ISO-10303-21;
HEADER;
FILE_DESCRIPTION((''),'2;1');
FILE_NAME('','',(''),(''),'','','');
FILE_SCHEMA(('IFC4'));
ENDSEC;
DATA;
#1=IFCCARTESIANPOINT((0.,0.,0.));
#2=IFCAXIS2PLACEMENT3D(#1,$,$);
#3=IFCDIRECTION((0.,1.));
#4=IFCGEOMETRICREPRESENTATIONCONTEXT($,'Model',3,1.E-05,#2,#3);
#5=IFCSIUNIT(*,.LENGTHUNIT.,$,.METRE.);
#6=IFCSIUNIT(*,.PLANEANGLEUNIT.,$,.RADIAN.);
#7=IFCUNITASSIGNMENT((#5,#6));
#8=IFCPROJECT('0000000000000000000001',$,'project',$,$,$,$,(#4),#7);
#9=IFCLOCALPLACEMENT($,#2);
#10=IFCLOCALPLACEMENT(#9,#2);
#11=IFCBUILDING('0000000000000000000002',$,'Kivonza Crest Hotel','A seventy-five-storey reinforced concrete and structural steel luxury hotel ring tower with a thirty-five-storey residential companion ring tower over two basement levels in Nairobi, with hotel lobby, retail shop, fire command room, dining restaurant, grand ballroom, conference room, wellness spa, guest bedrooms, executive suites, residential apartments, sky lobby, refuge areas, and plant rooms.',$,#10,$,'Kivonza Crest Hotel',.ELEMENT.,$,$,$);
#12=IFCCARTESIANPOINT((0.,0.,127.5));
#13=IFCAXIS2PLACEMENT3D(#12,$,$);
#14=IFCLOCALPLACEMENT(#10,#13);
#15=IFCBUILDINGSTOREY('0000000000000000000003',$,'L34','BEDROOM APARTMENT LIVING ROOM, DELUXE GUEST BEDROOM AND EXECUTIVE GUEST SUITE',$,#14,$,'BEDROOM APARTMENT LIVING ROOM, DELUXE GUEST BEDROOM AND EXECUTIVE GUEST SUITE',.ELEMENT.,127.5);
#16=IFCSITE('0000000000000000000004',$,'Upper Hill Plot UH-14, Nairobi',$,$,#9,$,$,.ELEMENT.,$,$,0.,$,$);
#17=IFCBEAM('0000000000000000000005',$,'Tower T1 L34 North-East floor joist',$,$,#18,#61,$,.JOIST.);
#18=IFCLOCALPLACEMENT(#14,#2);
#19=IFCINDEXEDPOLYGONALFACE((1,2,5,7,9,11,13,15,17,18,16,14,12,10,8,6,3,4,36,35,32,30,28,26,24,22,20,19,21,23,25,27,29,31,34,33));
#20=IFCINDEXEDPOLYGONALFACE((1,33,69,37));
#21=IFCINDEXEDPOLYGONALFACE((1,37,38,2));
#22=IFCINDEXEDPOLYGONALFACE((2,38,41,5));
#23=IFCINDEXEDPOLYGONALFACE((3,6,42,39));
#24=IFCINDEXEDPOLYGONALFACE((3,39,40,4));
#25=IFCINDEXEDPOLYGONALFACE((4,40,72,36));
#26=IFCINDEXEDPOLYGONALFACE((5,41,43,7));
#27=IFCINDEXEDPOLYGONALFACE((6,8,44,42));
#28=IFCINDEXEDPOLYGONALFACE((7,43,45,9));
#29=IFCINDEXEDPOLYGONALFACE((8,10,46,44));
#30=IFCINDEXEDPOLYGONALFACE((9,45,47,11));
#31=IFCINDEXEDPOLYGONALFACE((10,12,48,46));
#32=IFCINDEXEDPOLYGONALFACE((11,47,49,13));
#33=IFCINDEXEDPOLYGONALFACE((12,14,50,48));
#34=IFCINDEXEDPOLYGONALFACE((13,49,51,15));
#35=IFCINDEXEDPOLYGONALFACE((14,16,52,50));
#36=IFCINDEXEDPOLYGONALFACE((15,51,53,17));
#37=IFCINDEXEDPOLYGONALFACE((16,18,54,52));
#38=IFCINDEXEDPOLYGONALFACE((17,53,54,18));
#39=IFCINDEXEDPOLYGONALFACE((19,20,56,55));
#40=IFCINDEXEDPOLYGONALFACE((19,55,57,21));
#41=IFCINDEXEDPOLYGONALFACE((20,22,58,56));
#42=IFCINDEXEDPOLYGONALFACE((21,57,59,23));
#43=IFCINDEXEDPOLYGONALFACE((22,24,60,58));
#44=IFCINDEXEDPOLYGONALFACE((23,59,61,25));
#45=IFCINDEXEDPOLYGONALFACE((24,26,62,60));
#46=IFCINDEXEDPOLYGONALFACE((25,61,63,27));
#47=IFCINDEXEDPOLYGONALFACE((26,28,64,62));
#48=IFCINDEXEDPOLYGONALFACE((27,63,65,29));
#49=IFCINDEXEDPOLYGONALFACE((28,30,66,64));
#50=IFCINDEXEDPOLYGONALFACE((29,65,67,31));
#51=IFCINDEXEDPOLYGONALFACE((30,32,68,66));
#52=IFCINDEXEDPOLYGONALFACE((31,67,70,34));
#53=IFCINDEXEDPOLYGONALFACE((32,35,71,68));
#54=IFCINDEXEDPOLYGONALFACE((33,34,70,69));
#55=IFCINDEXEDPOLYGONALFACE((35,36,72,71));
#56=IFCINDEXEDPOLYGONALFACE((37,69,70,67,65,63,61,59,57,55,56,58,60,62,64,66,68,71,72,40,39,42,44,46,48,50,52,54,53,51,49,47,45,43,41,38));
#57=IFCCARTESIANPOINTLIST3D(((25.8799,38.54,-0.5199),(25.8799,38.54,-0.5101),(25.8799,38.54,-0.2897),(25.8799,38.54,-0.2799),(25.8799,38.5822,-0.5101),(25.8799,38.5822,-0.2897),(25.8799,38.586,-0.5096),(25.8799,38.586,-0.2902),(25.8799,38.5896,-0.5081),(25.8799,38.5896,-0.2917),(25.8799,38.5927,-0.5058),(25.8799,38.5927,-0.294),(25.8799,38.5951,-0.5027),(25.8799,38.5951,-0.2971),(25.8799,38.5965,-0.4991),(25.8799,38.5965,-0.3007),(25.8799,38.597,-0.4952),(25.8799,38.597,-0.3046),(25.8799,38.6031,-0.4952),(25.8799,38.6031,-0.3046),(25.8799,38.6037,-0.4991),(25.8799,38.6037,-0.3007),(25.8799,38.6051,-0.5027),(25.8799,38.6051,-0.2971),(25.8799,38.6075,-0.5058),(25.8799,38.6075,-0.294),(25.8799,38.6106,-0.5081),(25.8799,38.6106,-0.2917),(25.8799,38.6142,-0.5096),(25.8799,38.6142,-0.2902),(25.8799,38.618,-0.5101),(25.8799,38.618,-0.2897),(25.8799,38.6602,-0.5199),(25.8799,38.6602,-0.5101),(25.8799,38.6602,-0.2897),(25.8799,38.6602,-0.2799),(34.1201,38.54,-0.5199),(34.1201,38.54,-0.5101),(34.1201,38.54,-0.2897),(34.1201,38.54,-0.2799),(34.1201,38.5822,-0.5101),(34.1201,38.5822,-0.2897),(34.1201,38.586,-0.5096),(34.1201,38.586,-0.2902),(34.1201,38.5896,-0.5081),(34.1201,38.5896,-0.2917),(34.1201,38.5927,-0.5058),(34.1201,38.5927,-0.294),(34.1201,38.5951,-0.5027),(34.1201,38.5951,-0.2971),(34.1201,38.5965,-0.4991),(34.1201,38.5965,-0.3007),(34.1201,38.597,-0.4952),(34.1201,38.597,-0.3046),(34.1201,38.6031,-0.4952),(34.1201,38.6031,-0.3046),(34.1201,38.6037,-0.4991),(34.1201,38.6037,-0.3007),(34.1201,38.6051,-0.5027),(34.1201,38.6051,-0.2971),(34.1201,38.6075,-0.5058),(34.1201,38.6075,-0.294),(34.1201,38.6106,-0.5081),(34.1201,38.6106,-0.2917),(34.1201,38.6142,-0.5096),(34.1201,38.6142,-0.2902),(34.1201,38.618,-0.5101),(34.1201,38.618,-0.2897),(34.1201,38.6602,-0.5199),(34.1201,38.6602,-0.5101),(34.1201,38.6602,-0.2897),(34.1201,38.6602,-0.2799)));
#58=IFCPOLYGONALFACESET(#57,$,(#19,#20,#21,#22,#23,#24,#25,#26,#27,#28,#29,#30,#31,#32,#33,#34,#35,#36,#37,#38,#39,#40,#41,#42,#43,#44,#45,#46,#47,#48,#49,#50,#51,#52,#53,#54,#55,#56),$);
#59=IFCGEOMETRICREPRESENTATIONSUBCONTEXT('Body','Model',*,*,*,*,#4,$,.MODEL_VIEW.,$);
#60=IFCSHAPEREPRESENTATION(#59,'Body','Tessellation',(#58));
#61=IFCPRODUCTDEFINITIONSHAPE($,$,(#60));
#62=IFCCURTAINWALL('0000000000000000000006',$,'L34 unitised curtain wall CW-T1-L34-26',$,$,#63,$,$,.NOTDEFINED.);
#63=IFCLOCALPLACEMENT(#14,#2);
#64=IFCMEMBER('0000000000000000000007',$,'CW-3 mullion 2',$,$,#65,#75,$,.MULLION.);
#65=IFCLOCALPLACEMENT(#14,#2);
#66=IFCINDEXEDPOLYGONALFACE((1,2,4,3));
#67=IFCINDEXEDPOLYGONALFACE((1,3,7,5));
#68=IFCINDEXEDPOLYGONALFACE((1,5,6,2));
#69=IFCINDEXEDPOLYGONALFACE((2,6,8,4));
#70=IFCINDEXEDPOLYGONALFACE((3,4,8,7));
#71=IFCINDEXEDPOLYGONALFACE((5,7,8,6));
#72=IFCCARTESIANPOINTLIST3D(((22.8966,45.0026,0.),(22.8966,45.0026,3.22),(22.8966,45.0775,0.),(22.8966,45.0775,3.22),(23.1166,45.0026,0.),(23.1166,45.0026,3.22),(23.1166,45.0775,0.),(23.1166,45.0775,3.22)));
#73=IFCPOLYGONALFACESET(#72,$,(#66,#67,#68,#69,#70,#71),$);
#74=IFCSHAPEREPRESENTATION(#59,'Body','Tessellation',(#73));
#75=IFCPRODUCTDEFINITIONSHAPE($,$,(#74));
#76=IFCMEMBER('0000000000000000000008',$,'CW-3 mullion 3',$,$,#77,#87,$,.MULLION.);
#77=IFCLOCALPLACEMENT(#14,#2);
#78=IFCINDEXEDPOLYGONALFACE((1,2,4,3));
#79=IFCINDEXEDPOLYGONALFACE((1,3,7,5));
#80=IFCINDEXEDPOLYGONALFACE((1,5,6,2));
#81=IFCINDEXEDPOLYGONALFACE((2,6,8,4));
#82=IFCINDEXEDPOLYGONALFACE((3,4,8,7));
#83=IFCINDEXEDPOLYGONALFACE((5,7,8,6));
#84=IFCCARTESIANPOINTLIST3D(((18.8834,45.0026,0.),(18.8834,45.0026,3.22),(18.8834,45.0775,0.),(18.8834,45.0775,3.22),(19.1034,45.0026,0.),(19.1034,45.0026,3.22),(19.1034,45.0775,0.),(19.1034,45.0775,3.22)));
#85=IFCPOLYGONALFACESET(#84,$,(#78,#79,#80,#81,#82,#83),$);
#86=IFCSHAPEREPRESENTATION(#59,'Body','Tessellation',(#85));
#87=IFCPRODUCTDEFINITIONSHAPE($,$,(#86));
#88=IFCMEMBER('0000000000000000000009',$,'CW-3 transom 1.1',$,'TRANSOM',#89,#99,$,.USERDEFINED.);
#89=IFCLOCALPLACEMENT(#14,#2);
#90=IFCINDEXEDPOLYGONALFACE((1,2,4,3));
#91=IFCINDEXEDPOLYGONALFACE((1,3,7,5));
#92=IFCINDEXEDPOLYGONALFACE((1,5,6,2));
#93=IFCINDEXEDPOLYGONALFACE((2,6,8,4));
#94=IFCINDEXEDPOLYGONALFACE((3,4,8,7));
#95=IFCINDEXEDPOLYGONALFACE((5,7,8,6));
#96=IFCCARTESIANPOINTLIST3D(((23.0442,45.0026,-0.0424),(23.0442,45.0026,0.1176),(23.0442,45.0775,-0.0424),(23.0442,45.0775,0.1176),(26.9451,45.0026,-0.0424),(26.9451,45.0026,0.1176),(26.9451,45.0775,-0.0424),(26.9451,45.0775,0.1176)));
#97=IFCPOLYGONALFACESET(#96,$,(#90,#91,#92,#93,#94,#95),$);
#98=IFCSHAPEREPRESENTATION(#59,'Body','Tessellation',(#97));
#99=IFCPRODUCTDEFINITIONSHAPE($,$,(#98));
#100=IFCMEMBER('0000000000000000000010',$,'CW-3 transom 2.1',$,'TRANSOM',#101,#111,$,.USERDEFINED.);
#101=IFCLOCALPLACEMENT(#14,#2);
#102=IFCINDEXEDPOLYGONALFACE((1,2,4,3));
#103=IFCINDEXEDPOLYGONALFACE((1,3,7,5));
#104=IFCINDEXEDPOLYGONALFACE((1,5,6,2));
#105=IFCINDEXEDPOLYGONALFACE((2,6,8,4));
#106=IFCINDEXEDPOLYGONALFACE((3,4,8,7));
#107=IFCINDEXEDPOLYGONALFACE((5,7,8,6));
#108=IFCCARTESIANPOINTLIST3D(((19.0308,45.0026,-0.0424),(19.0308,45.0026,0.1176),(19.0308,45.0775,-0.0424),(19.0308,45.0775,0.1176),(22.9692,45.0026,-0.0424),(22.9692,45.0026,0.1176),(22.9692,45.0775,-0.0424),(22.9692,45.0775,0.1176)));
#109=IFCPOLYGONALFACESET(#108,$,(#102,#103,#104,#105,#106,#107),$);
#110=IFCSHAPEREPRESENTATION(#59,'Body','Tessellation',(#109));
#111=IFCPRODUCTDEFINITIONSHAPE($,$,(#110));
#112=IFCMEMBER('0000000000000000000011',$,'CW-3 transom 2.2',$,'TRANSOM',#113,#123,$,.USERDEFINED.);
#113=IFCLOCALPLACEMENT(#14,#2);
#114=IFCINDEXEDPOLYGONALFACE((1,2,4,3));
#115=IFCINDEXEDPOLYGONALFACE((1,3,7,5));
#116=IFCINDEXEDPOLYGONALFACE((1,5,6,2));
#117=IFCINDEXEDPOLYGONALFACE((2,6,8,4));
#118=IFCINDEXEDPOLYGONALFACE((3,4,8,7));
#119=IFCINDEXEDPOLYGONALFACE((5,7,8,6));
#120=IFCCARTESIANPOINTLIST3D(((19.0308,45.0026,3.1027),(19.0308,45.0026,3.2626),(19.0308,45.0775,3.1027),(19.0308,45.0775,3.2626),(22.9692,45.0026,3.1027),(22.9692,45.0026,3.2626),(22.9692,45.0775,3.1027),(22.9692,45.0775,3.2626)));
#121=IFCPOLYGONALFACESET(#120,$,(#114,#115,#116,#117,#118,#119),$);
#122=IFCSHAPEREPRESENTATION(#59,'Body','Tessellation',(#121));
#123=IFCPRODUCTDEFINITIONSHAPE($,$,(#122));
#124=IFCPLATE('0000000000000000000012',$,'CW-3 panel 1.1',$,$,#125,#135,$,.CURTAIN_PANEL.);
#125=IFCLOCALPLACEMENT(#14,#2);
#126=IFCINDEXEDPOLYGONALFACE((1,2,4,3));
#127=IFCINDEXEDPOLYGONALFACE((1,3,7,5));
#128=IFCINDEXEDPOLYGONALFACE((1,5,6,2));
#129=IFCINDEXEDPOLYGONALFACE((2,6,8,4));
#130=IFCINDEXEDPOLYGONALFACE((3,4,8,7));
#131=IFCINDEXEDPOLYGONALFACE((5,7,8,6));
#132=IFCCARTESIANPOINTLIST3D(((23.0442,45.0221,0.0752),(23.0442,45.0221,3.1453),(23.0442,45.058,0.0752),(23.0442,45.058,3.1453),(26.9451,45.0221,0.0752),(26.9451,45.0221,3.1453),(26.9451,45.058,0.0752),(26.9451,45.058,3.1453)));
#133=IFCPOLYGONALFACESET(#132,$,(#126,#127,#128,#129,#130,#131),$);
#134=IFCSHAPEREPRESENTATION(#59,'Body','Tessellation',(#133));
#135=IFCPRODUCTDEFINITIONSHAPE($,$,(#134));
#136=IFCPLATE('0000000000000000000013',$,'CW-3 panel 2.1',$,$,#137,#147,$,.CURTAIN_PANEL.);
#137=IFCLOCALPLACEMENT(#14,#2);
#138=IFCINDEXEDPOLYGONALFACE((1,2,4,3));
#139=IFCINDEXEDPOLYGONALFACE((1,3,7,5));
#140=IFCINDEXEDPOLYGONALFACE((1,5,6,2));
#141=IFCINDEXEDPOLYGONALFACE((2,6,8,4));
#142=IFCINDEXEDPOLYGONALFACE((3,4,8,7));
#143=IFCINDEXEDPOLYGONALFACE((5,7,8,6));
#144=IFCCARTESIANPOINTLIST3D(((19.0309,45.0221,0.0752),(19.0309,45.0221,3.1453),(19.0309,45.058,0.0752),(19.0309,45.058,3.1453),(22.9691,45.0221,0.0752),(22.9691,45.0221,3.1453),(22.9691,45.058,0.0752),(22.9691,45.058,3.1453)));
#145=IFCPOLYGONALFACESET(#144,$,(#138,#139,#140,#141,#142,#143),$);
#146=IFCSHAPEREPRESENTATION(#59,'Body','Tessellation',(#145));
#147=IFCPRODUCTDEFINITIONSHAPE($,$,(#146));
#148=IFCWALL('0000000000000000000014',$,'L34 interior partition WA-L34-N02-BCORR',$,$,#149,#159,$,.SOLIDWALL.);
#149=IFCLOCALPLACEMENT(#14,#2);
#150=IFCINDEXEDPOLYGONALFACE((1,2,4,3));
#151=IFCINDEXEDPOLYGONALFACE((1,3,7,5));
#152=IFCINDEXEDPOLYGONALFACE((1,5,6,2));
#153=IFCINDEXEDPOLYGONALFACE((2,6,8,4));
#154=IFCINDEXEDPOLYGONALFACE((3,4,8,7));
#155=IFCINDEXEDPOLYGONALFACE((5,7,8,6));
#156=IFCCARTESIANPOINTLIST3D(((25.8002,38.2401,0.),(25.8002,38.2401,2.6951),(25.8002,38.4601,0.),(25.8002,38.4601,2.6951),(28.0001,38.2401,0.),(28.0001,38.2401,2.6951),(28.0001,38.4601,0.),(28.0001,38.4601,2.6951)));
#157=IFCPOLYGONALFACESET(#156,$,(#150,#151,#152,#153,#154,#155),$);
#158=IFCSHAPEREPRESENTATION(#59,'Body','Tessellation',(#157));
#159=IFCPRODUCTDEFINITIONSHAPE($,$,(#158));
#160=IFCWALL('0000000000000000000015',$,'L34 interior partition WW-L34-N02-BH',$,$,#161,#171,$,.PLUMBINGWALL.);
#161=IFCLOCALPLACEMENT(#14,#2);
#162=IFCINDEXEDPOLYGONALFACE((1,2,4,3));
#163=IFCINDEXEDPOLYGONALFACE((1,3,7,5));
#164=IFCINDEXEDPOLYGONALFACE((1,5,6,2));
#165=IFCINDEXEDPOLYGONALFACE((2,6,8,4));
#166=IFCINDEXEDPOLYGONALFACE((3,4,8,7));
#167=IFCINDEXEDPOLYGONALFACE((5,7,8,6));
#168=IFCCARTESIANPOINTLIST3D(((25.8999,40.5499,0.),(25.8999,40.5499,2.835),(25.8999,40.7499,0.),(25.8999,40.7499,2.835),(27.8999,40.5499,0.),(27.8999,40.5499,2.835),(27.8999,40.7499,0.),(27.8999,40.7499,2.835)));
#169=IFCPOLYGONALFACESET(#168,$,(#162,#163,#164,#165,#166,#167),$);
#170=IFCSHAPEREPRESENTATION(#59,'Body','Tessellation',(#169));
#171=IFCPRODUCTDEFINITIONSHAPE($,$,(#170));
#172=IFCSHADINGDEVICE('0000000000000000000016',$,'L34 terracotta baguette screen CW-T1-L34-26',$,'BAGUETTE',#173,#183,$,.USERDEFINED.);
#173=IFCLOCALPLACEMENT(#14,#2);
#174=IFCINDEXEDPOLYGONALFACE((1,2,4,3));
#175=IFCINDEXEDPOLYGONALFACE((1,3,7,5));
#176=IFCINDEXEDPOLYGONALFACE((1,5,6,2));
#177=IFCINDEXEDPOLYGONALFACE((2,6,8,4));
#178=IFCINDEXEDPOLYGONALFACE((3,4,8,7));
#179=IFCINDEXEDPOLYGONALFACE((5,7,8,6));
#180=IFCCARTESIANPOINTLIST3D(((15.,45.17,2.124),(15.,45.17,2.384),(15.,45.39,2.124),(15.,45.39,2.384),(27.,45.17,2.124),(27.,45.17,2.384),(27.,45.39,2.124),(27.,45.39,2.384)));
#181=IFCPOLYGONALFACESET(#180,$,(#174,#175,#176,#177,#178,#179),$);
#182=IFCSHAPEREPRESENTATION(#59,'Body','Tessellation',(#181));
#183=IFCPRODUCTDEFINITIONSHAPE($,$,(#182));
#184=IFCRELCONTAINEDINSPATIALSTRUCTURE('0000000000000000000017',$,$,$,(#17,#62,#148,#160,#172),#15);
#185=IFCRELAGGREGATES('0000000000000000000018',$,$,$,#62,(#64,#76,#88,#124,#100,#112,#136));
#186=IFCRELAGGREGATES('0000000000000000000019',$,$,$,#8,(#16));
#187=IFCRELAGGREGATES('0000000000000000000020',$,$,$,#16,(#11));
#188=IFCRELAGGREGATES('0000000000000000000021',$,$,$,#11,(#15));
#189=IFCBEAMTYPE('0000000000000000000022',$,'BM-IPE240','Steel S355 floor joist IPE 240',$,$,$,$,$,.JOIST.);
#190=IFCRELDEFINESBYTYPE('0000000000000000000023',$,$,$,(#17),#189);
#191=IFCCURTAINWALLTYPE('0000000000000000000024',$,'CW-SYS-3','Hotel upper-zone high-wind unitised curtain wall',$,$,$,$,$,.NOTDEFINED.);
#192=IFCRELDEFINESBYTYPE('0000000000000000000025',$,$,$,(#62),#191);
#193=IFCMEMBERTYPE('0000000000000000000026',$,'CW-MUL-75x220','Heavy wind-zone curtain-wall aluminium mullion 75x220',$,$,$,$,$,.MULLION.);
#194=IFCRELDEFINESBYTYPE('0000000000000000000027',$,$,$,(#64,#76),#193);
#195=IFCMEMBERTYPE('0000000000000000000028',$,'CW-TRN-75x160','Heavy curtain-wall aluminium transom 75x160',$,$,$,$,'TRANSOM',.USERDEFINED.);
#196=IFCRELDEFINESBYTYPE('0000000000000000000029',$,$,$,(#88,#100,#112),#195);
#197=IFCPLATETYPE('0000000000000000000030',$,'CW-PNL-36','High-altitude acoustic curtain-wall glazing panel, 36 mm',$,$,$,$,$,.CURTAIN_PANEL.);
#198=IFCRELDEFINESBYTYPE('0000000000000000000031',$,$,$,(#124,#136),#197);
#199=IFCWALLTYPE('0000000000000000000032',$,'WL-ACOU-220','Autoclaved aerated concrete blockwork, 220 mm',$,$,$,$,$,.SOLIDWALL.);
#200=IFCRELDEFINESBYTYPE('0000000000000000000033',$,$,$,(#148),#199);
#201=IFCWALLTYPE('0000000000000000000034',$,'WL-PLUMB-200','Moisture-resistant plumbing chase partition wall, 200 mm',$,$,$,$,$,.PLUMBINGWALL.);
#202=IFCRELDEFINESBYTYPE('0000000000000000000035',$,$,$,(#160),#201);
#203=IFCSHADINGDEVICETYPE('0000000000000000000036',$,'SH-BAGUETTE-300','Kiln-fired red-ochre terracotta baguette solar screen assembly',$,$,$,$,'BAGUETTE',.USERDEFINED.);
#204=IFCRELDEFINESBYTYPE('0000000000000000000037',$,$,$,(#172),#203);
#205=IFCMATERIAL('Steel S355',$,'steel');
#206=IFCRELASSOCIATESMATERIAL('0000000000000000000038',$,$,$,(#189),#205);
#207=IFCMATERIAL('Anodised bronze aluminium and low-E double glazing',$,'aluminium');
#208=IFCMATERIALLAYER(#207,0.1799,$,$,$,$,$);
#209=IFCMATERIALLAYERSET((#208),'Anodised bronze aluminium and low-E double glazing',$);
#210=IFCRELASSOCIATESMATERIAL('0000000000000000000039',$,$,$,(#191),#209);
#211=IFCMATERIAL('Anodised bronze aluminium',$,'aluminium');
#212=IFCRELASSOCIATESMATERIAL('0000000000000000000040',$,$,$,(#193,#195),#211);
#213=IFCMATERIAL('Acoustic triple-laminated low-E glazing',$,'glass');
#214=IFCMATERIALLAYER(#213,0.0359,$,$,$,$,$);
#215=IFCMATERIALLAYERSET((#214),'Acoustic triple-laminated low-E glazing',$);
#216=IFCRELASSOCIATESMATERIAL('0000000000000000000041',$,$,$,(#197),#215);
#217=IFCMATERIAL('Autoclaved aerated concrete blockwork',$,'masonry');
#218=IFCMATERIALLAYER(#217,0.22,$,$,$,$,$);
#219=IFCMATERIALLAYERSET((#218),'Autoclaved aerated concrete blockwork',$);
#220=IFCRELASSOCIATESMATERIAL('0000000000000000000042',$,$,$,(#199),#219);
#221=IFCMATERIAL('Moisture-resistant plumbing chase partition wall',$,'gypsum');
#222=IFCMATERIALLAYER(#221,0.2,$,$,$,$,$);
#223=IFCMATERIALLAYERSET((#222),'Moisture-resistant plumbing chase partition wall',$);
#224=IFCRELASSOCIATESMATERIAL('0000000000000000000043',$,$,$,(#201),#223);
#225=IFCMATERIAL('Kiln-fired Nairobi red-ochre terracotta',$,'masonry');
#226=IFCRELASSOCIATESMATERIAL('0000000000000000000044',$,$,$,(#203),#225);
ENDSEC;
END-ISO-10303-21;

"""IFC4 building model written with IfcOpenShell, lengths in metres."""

from ifc_helpers import new_model, si_unit, direction, frame, frame_2d, origin, origin_2d, place, context, subcontext, project, spatial, rectangle, i_section, extrude, material, layer, layer_set, material_profile, profile_set, type_object, element, aggregate, save


model = new_model("IFC4")

# Units and contexts
model_context = context("Model", 3, precision=1e-05, world=origin(), true_north=direction((0.0, 1.0)))
body_context = subcontext(model_context, "Body", "Model", "MODEL_VIEW")
ifc_project = project(units=[si_unit("LENGTHUNIT", "METRE"), si_unit("PLANEANGLEUNIT", "RADIAN")], contexts=[model_context])

# Site, building, storey
site_placement = place(None, origin())
site = spatial("IfcSite", under=ifc_project, at=site_placement, Name="Upper Hill Plot UH-14, Nairobi", CompositionType="ELEMENT", RefElevation=0.0)
building_placement = place(site_placement, origin())
building = spatial("IfcBuilding", under=site, at=building_placement, Name="Kivonza Crest Hotel", Description="A seventy-five-storey reinforced concrete and structural steel luxury hotel ring tower with a thirty-five-storey residential companion ring tower over two basement levels in Nairobi, with hotel lobby, retail shop, fire command room, dining restaurant, grand ballroom, conference room, wellness spa, guest bedrooms, executive suites, residential apartments, sky lobby, refuge areas, and plant rooms.", LongName="Kivonza Crest Hotel", CompositionType="ELEMENT")
storey_placement = place(building_placement, frame((0.0, 0.0, 127.5)))
storey = spatial("IfcBuildingStorey", under=building, at=storey_placement, Name="L34", Description="BEDROOM APARTMENT LIVING ROOM, DELUXE GUEST BEDROOM AND EXECUTIVE GUEST SUITE", LongName="BEDROOM APARTMENT LIVING ROOM, DELUXE GUEST BEDROOM AND EXECUTIVE GUEST SUITE", CompositionType="ELEMENT", Elevation=127.5)

# Beam
ifc_material_1 = material(Name="Steel S355", Category="steel")
ifc_material_profile_1 = material_profile(ifc_material_1, i_section(OverallWidth=0.1201, OverallDepth=0.24, WebThickness=0.0061, FlangeThickness=0.0098, FilletRadius=0.0149, at=origin_2d()), Name="IPE 240")
ifc_profile_set_1 = profile_set([ifc_material_profile_1], Name="Steel S355")
beam_type_1 = type_object("IfcBeamType", Name="BM-IPE240", Description="Steel S355 floor joist IPE 240", PredefinedType="JOIST", material=ifc_profile_set_1)
beam_1_placement = place(storey_placement, frame((25.8799, 38.6001, -0.3999), z_axis=(1.0, 0.0, 0.0), x_axis=(0.0, 1.0, 0.0)))
element("IfcBeam", 1, at=beam_1_placement, inside=storey, type_object=beam_type_1, Name="Tower T1 L34 North-East floor joist", PredefinedType="JOIST", context=body_context, shape_type="SweptSolid", body=[
    extrude(i_section(OverallWidth=0.1201, OverallDepth=0.24, WebThickness=0.0061, FlangeThickness=0.0098, FilletRadius=0.0149, at=origin_2d()), origin(), (0.0, 0.0, 1.0), 8.2402),
])

# Curtain wall, members, plates
ifc_material_2 = material(Name="Anodised bronze aluminium and low-E double glazing", Category="aluminium")
ifc_layer_1 = layer(ifc_material_2, 0.1799)
ifc_layer_set_1 = layer_set([ifc_layer_1], Name="Anodised bronze aluminium and low-E double glazing")
curtain_wall_type = type_object("IfcCurtainWallType", Name="CW-SYS-3", Description="Hotel upper-zone high-wind unitised curtain wall", PredefinedType="NOTDEFINED", material=ifc_layer_set_1)
curtain_wall_placement = place(storey_placement, origin())
curtain_wall = element("IfcCurtainWall", 2, at=curtain_wall_placement, inside=storey, type_object=curtain_wall_type, Name="L34 unitised curtain wall CW-T1-L34-26", PredefinedType="NOTDEFINED")
ifc_material_3 = material(Name="Anodised bronze aluminium", Category="aluminium")
ifc_material_profile_2 = material_profile(ifc_material_3, rectangle(XDim=0.075, YDim=0.22, at=origin_2d()), Name="CW-M 75x220")
ifc_profile_set_2 = profile_set([ifc_material_profile_2], Name="Anodised bronze aluminium")
member_type_1 = type_object("IfcMemberType", Name="CW-MUL-75x220", Description="Heavy wind-zone curtain-wall aluminium mullion 75x220", PredefinedType="MULLION", material=ifc_profile_set_2)
member_1_placement = place(storey_placement, frame((23.0066, 45.04, 0.0), z_axis=(0.0, 0.0, 1.0), x_axis=(0.0, -1.0, 0.0)))
member_1 = element("IfcMember", 3, at=member_1_placement, type_object=member_type_1, Name="CW-3 mullion 2", PredefinedType="MULLION", context=body_context, shape_type="SweptSolid", body=[
    extrude(rectangle(XDim=0.075, YDim=0.22, at=origin_2d()), origin(), (0.0, 0.0, 1.0), 3.22),
])
member_2_placement = place(storey_placement, frame((18.9934, 45.04, 0.0), z_axis=(0.0, 0.0, 1.0), x_axis=(0.0, -1.0, 0.0)))
member_2 = element("IfcMember", 4, at=member_2_placement, type_object=member_type_1, Name="CW-3 mullion 3", PredefinedType="MULLION", context=body_context, shape_type="SweptSolid", body=[
    extrude(rectangle(XDim=0.075, YDim=0.22, at=origin_2d()), origin(), (0.0, 0.0, 1.0), 3.22),
])
ifc_material_profile_3 = material_profile(ifc_material_3, rectangle(XDim=0.075, YDim=0.1599, at=origin_2d()), Name="CW-T 75x160")
ifc_profile_set_3 = profile_set([ifc_material_profile_3], Name="Anodised bronze aluminium")
member_type_2 = type_object("IfcMemberType", Name="CW-TRN-75x160", Description="Heavy curtain-wall aluminium transom 75x160", ElementType="TRANSOM", PredefinedType="USERDEFINED", material=ifc_profile_set_3)
member_3_placement = place(storey_placement, frame((26.9451, 45.04, 0.0376), z_axis=(-1.0, 0.0, 0.0), x_axis=(0.0, -1.0, 0.0)))
member_3 = element("IfcMember", 5, at=member_3_placement, type_object=member_type_2, Name="CW-3 transom 1.1", ObjectType="TRANSOM", PredefinedType="USERDEFINED", context=body_context, shape_type="SweptSolid", body=[
    extrude(rectangle(XDim=0.075, YDim=0.1599, at=origin_2d()), origin(), (0.0, 0.0, 1.0), 3.9009),
])
member_4_placement = place(storey_placement, frame((22.9692, 45.04, 0.0376), z_axis=(-1.0, 0.0, 0.0), x_axis=(0.0, -1.0, 0.0)))
member_4 = element("IfcMember", 6, at=member_4_placement, type_object=member_type_2, Name="CW-3 transom 2.1", ObjectType="TRANSOM", PredefinedType="USERDEFINED", context=body_context, shape_type="SweptSolid", body=[
    extrude(rectangle(XDim=0.075, YDim=0.1599, at=origin_2d()), origin(), (0.0, 0.0, 1.0), 3.9385),
])
member_5_placement = place(storey_placement, frame((22.9692, 45.04, 3.1826), z_axis=(-1.0, 0.0, 0.0), x_axis=(0.0, -1.0, 0.0)))
member_5 = element("IfcMember", 7, at=member_5_placement, type_object=member_type_2, Name="CW-3 transom 2.2", ObjectType="TRANSOM", PredefinedType="USERDEFINED", context=body_context, shape_type="SweptSolid", body=[
    extrude(rectangle(XDim=0.075, YDim=0.1599, at=origin_2d()), origin(), (0.0, 0.0, 1.0), 3.9385),
])
ifc_material_4 = material(Name="Acoustic triple-laminated low-E glazing", Category="glass")
ifc_layer_2 = layer(ifc_material_4, 0.0359)
ifc_layer_set_2 = layer_set([ifc_layer_2], Name="Acoustic triple-laminated low-E glazing")
plate_type = type_object("IfcPlateType", Name="CW-PNL-36", Description="High-altitude acoustic curtain-wall glazing panel, 36 mm", PredefinedType="CURTAIN_PANEL", material=ifc_layer_set_2)
plate_1_placement = place(storey_placement, frame((24.9946, 45.04, 0.0752), z_axis=(0.0, 0.0, 1.0), x_axis=(-1.0, 0.0, 0.0)))
plate_1 = element("IfcPlate", 8, at=plate_1_placement, type_object=plate_type, Name="CW-3 panel 1.1", PredefinedType="CURTAIN_PANEL", context=body_context, shape_type="SweptSolid", body=[
    extrude(rectangle(XDim=3.9009, YDim=0.0359, at=origin_2d()), origin(), (0.0, 0.0, 1.0), 3.0701),
])
plate_2_placement = place(storey_placement, frame((21.0, 45.04, 0.0752), z_axis=(0.0, 0.0, 1.0), x_axis=(-1.0, 0.0, 0.0)))
plate_2 = element("IfcPlate", 9, at=plate_2_placement, type_object=plate_type, Name="CW-3 panel 2.1", PredefinedType="CURTAIN_PANEL", context=body_context, shape_type="SweptSolid", body=[
    extrude(rectangle(XDim=3.9382, YDim=0.0359, at=origin_2d()), origin(), (0.0, 0.0, 1.0), 3.0701),
])
aggregate(curtain_wall, [member_1, member_2, member_3, plate_1, member_4, member_5, plate_2])

# Walls
ifc_material_5 = material(Name="Autoclaved aerated concrete blockwork", Category="masonry")
ifc_layer_3 = layer(ifc_material_5, 0.22)
ifc_layer_set_3 = layer_set([ifc_layer_3], Name="Autoclaved aerated concrete blockwork")
wall_type_1 = type_object("IfcWallType", Name="WL-ACOU-220", Description="Autoclaved aerated concrete blockwork, 220 mm", PredefinedType="SOLIDWALL", material=ifc_layer_set_3)
wall_1_placement = place(storey_placement, frame((25.8, 38.3501, 0.0), z_axis=(0.0, 0.0, 1.0), x_axis=(1.0, 0.0, 0.0)))
element("IfcWall", 10, at=wall_1_placement, inside=storey, type_object=wall_type_1, Name="L34 interior partition WA-L34-N02-BCORR", PredefinedType="SOLIDWALL", context=body_context, shape_type="SweptSolid", body=[
    extrude(rectangle(XDim=2.2, YDim=0.22, at=frame_2d((1.1001, 0.0))), origin(), (0.0, 0.0, 1.0), 2.6951),
])
ifc_material_6 = material(Name="Moisture-resistant plumbing chase partition wall", Category="gypsum")
ifc_layer_4 = layer(ifc_material_6, 0.2)
ifc_layer_set_4 = layer_set([ifc_layer_4], Name="Moisture-resistant plumbing chase partition wall")
wall_type_2 = type_object("IfcWallType", Name="WL-PLUMB-200", Description="Moisture-resistant plumbing chase partition wall, 200 mm", PredefinedType="PLUMBINGWALL", material=ifc_layer_set_4)
wall_2_placement = place(storey_placement, frame((25.8999, 40.6499, 0.0), z_axis=(0.0, 0.0, 1.0), x_axis=(1.0, 0.0, 0.0)))
element("IfcWall", 11, at=wall_2_placement, inside=storey, type_object=wall_type_2, Name="L34 interior partition WW-L34-N02-BH", PredefinedType="PLUMBINGWALL", context=body_context, shape_type="SweptSolid", body=[
    extrude(rectangle(XDim=2.0, YDim=0.2, at=frame_2d((1.0, 0.0))), origin(), (0.0, 0.0, 1.0), 2.835),
])

# Shading device
ifc_material_7 = material(Name="Kiln-fired Nairobi red-ochre terracotta", Category="masonry")
shading_device_type_1 = type_object("IfcShadingDeviceType", Name="SH-BAGUETTE-300", Description="Kiln-fired red-ochre terracotta baguette solar screen assembly", ElementType="BAGUETTE", PredefinedType="USERDEFINED", material=ifc_material_7)
shading_device_1_placement = place(storey_placement, frame((21.0, 45.28, 2.124), z_axis=(0.0, 0.0, 1.0), x_axis=(-1.0, 0.0, 0.0)))
element("IfcShadingDevice", 12, at=shading_device_1_placement, inside=storey, type_object=shading_device_type_1, Name="L34 terracotta baguette screen CW-T1-L34-26", ObjectType="BAGUETTE", PredefinedType="USERDEFINED", context=body_context, shape_type="SweptSolid", body=[
    extrude(rectangle(XDim=12.0, YDim=0.22, at=origin_2d()), origin(), (0.0, 0.0, 1.0), 0.26),
])

save(model, "model.ifc")
